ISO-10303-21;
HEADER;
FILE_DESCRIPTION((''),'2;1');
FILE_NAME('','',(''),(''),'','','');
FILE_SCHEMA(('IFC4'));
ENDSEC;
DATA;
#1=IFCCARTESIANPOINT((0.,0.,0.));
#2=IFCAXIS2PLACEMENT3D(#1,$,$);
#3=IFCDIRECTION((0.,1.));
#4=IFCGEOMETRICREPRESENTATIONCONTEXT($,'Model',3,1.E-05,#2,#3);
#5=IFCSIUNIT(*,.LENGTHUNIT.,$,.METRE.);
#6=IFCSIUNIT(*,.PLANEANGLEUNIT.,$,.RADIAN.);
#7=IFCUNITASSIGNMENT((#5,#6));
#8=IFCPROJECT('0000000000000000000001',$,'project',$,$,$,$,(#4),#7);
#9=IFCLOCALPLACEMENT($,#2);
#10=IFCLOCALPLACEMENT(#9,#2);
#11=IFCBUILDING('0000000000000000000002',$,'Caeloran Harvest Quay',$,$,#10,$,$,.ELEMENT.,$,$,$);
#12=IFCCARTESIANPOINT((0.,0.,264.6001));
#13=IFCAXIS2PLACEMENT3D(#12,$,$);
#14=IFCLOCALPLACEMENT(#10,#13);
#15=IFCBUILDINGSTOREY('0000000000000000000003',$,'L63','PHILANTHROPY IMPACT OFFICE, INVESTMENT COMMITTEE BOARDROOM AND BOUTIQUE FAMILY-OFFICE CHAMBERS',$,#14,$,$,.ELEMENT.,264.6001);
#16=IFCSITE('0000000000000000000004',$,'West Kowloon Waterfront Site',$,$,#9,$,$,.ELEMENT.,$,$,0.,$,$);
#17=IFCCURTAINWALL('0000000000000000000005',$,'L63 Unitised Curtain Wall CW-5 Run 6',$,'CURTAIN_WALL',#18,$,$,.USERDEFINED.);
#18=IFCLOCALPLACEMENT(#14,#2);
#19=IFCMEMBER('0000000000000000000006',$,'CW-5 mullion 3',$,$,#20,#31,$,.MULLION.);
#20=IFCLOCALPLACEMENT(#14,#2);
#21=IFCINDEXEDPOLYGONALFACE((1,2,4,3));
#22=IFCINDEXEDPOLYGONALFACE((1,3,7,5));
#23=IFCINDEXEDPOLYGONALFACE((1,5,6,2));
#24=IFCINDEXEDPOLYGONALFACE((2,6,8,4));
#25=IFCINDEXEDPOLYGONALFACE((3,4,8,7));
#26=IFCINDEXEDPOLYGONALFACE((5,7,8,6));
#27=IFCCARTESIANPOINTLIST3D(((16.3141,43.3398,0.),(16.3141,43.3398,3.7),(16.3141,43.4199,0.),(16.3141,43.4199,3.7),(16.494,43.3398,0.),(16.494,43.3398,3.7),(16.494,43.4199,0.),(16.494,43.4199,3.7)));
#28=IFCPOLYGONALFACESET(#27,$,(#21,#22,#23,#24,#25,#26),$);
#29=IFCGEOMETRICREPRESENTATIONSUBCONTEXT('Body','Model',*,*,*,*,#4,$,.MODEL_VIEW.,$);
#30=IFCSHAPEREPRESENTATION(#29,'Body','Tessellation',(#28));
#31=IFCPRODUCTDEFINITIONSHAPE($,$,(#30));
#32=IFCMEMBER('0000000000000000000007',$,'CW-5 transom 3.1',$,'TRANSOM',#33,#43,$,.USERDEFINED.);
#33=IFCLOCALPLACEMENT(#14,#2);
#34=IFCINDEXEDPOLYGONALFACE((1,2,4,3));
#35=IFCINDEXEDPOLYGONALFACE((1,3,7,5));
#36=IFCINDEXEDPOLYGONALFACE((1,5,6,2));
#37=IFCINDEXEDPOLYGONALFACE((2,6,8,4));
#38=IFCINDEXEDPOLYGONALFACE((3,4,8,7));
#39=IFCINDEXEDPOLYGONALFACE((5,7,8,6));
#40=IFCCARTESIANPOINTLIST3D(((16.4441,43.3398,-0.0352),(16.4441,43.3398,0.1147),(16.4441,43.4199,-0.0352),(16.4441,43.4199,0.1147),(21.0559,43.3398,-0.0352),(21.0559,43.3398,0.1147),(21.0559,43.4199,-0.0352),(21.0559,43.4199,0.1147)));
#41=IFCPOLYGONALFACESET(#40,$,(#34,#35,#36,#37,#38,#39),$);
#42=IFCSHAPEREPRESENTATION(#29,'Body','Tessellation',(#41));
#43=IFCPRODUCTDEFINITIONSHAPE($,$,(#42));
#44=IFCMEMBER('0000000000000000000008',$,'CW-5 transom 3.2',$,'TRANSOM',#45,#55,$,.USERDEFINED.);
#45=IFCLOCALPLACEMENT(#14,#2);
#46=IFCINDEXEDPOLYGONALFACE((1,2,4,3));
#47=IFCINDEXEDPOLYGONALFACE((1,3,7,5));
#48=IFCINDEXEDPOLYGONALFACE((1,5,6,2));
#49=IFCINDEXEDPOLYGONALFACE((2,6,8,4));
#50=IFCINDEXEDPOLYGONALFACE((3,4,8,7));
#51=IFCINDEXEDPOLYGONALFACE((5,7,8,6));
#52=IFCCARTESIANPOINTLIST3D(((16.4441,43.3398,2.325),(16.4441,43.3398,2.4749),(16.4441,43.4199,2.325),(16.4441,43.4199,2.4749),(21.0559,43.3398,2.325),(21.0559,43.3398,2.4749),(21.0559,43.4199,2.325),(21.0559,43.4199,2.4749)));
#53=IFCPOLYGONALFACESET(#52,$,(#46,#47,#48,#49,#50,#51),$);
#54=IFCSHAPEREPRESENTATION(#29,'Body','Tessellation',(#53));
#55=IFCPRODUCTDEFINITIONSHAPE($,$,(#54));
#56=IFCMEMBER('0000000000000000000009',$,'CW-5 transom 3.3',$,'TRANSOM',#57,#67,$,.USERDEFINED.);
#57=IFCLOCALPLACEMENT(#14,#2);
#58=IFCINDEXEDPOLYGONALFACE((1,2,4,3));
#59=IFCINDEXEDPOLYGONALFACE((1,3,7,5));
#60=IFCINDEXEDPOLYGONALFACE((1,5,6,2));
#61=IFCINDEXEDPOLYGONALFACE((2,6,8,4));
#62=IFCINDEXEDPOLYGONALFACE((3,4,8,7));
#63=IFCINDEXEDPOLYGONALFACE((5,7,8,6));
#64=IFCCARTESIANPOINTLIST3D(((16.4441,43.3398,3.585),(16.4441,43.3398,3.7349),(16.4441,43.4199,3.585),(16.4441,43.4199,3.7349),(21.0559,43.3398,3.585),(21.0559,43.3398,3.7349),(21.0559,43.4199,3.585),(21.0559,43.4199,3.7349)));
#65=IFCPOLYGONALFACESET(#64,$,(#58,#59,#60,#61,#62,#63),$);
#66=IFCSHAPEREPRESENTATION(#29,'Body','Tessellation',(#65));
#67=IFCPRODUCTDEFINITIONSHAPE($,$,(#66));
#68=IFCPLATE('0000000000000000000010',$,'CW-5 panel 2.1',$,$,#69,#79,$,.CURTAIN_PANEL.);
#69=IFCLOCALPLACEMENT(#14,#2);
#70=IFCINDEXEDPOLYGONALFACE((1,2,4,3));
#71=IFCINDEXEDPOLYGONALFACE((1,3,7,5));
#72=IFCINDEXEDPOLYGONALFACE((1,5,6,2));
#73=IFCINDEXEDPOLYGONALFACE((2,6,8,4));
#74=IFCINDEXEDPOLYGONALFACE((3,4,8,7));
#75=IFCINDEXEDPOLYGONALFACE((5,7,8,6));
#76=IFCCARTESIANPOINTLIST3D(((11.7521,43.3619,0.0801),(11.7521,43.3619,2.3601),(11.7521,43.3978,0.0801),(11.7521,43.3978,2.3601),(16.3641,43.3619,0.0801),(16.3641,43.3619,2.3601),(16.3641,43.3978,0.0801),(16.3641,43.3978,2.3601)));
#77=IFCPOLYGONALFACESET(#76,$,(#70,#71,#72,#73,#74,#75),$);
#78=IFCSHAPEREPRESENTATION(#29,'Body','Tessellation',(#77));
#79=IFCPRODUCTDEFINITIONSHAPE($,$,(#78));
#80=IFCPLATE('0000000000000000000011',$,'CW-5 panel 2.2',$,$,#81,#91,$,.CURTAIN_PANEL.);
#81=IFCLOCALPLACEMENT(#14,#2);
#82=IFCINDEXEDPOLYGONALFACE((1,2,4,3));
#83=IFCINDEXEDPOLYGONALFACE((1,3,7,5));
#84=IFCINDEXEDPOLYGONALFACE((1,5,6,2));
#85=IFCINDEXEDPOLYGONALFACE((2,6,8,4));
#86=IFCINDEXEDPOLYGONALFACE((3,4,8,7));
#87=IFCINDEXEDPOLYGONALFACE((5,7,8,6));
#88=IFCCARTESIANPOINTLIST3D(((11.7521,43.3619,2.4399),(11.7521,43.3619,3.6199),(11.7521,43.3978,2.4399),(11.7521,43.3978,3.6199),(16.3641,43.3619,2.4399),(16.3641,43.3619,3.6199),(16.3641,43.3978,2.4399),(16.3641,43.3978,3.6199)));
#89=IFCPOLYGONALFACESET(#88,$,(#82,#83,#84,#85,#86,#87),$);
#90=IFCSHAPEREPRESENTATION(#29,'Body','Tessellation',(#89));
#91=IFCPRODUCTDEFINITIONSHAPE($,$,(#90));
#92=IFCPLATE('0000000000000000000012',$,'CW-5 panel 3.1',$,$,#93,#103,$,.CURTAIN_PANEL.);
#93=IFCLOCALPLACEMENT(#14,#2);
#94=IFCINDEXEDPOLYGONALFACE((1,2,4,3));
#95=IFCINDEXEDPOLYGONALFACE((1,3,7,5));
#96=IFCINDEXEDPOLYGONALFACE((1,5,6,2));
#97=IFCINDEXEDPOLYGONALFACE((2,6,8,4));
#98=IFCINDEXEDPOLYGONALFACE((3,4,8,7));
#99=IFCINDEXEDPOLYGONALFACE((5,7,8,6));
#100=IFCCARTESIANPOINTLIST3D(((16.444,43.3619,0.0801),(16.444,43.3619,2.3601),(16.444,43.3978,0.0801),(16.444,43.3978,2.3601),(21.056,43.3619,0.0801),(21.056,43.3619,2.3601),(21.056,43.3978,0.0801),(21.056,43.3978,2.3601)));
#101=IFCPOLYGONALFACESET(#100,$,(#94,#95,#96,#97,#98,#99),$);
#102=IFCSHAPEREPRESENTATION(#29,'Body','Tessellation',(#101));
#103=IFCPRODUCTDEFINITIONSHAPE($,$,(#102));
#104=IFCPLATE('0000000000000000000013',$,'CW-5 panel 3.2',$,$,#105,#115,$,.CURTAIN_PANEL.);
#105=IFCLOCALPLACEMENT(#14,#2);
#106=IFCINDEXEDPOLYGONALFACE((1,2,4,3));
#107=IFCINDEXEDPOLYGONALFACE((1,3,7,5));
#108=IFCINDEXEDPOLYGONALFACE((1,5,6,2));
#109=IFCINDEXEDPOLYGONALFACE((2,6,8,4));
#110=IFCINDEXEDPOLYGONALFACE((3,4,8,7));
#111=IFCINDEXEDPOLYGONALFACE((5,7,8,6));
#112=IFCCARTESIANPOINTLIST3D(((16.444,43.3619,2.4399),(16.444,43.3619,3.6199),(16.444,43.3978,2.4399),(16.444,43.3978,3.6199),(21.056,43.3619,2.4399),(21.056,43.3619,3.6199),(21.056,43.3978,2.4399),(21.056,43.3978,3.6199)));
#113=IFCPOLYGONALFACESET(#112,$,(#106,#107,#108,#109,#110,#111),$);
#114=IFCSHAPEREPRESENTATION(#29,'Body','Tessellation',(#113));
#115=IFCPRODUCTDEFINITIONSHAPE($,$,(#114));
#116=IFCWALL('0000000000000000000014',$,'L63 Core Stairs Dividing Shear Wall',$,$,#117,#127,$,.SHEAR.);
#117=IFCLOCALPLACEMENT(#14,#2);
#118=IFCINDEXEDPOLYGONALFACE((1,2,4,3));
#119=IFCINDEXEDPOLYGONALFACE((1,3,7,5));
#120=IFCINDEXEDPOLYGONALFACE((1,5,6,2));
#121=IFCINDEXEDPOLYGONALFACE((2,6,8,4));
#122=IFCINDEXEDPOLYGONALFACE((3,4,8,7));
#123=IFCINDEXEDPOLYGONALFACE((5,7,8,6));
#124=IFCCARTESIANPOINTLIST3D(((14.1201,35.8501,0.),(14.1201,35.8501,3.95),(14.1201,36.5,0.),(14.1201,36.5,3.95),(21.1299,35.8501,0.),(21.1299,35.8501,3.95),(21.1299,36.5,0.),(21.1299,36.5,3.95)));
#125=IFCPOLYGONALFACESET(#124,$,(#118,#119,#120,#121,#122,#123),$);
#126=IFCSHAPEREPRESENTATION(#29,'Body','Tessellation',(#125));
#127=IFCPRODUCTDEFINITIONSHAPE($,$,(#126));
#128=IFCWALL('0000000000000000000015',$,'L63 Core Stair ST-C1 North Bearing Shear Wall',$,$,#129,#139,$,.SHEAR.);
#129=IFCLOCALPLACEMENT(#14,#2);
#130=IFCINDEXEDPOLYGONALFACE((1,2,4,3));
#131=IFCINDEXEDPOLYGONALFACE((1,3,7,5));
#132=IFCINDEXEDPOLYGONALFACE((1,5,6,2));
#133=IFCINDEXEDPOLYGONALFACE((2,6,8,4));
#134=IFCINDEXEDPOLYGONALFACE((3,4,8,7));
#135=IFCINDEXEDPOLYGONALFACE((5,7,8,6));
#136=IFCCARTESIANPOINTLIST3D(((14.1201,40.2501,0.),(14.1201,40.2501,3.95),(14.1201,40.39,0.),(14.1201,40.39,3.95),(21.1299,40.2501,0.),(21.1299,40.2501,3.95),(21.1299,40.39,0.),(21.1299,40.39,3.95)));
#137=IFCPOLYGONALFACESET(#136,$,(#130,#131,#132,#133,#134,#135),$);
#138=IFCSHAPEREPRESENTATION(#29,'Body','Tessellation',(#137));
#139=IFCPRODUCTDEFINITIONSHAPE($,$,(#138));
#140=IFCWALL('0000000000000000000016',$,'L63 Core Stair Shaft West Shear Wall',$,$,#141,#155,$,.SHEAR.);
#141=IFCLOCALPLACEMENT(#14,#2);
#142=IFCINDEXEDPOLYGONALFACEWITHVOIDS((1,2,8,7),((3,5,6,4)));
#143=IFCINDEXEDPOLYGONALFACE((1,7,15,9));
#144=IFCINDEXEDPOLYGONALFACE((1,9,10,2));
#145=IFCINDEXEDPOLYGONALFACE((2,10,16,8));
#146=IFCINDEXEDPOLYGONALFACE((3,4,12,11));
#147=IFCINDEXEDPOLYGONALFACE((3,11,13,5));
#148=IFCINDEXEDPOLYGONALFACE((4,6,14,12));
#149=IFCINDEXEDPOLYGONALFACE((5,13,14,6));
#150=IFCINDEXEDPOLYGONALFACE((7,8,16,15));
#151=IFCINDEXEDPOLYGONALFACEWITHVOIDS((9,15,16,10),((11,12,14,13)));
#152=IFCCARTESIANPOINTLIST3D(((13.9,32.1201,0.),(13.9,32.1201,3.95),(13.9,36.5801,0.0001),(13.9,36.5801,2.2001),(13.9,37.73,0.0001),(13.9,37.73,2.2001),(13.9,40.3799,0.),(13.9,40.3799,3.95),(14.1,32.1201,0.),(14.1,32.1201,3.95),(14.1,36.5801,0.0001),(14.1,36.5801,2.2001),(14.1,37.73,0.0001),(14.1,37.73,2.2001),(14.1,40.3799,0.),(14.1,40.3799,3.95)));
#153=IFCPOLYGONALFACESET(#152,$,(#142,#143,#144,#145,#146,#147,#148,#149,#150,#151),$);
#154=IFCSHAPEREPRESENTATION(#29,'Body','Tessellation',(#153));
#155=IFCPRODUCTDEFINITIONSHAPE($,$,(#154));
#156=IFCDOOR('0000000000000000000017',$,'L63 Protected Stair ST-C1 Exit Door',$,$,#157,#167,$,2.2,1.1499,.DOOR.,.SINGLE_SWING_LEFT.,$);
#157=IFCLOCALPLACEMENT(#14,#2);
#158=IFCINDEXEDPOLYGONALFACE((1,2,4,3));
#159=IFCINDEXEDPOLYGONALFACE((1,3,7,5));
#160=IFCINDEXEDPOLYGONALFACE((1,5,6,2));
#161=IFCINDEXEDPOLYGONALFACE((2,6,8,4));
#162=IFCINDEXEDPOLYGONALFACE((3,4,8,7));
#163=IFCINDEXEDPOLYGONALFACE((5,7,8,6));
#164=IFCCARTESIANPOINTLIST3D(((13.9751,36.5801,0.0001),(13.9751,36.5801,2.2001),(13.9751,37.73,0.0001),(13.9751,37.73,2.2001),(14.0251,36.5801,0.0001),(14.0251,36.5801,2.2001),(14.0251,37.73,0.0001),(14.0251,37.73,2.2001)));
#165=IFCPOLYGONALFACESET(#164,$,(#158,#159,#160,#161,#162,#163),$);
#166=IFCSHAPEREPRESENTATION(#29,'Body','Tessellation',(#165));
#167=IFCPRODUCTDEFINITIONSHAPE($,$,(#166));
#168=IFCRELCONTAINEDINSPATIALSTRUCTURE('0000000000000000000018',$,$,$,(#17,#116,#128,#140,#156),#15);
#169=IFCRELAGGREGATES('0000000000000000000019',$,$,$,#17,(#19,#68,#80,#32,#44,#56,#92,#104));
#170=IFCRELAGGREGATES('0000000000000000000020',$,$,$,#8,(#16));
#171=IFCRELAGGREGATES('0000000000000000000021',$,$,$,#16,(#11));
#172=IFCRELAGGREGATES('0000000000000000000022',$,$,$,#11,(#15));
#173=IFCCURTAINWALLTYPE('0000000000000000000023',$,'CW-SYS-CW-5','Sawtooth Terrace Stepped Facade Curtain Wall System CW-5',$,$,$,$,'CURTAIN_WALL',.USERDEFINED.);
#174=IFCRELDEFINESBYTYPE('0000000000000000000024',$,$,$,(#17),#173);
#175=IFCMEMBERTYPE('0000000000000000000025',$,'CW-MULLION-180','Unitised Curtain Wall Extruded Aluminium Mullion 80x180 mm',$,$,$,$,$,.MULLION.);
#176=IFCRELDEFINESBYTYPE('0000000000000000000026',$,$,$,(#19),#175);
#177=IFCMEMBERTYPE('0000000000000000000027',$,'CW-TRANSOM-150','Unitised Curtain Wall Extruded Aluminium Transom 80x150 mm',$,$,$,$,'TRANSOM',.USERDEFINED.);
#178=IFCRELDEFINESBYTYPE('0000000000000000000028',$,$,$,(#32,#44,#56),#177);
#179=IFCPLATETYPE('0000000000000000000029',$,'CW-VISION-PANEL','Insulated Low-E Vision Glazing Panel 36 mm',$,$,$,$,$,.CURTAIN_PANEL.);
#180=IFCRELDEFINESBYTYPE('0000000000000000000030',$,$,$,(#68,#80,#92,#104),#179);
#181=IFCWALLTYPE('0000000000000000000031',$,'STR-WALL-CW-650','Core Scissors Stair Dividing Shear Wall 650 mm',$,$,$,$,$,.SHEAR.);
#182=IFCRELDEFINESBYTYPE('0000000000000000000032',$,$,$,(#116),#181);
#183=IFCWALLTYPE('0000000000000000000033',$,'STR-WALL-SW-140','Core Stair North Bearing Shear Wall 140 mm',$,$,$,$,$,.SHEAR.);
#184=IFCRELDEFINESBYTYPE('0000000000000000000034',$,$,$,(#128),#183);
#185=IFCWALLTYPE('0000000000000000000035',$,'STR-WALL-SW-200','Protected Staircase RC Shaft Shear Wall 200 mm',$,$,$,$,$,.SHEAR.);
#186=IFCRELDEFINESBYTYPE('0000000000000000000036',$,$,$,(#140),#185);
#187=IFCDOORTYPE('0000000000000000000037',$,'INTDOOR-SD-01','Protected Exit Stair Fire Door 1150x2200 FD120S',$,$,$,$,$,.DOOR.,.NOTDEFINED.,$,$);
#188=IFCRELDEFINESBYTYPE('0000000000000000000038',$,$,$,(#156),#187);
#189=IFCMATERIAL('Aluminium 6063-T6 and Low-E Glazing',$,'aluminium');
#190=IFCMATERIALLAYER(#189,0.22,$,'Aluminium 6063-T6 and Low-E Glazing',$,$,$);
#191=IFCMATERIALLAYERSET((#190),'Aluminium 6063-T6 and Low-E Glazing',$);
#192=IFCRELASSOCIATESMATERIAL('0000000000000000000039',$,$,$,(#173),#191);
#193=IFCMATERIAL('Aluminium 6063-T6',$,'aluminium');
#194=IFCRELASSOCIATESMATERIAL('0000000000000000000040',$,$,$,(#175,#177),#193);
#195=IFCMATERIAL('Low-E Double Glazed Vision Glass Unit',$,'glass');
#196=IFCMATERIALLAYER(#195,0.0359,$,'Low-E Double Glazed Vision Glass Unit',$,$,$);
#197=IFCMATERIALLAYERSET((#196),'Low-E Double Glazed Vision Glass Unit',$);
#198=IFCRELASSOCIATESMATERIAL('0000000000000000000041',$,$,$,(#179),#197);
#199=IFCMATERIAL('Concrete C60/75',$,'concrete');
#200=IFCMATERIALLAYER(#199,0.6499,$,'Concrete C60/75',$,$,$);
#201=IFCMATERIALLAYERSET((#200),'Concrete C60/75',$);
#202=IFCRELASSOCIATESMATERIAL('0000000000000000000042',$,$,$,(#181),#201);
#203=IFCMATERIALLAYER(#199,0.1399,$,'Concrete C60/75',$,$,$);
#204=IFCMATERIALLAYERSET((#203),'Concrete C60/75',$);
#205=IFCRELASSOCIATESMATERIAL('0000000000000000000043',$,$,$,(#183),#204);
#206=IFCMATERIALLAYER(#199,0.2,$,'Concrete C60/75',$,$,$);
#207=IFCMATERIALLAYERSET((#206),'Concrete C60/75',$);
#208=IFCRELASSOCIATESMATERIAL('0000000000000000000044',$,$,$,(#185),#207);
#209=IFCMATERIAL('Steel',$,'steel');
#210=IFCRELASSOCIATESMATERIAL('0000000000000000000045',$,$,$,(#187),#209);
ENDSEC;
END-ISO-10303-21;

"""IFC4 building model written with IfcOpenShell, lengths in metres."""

from ifc_helpers import new_model, si_unit, direction, frame, frame_2d, origin, origin_2d, place, context, subcontext, project, spatial, rectangle, extrude, material, layer, layer_set, material_profile, profile_set, type_object, element, fill, aggregate, save


model = new_model("IFC4")

# Units and contexts
model_context = context("Model", 3, precision=1e-05, world=origin(), true_north=direction((0.0, 1.0)))
body_context = subcontext(model_context, "Body", "Model", "MODEL_VIEW")
ifc_project = project(units=[si_unit("LENGTHUNIT", "METRE"), si_unit("PLANEANGLEUNIT", "RADIAN")], contexts=[model_context])

# Site, building, storey
site_placement = place(None, origin())
site = spatial("IfcSite", under=ifc_project, at=site_placement, Name="West Kowloon Waterfront Site", CompositionType="ELEMENT", RefElevation=0.0)
building_placement = place(site_placement, origin())
building = spatial("IfcBuilding", under=site, at=building_placement, Name="Caeloran Harvest Quay", CompositionType="ELEMENT")
storey_placement = place(building_placement, frame((0.0, 0.0, 264.6001)))
storey = spatial("IfcBuildingStorey", under=building, at=storey_placement, Name="L63", Description="PHILANTHROPY IMPACT OFFICE, INVESTMENT COMMITTEE BOARDROOM AND BOUTIQUE FAMILY-OFFICE CHAMBERS", CompositionType="ELEMENT", Elevation=264.6001)

# Curtain wall, members, plates
ifc_material_1 = material(Name="Aluminium 6063-T6 and Low-E Glazing", Category="aluminium")
ifc_layer_1 = layer(ifc_material_1, 0.22, Name="Aluminium 6063-T6 and Low-E Glazing")
ifc_layer_set_1 = layer_set([ifc_layer_1], Name="Aluminium 6063-T6 and Low-E Glazing")
curtain_wall_type = type_object("IfcCurtainWallType", Name="CW-SYS-CW-5", Description="Sawtooth Terrace Stepped Facade Curtain Wall System CW-5", ElementType="CURTAIN_WALL", PredefinedType="USERDEFINED", material=ifc_layer_set_1)
curtain_wall_placement = place(storey_placement, origin())
curtain_wall = element("IfcCurtainWall", 1, at=curtain_wall_placement, inside=storey, type_object=curtain_wall_type, Name="L63 Unitised Curtain Wall CW-5 Run 6", ObjectType="CURTAIN_WALL", PredefinedType="USERDEFINED")
ifc_material_2 = material(Name="Aluminium 6063-T6", Category="aluminium")
ifc_material_profile_1 = material_profile(ifc_material_2, rectangle(XDim=0.0801, YDim=0.1799, at=origin_2d()), Name="CW-MULLION-180")
ifc_profile_set_1 = profile_set([ifc_material_profile_1], Name="Aluminium 6063-T6")
member_type_1 = type_object("IfcMemberType", Name="CW-MULLION-180", Description="Unitised Curtain Wall Extruded Aluminium Mullion 80x180 mm", PredefinedType="MULLION", material=ifc_profile_set_1)
member_1_placement = place(storey_placement, frame((16.4041, 43.3799, 0.0), z_axis=(0.0, 0.0, 1.0), x_axis=(0.0, 1.0, 0.0)))
member_1 = element("IfcMember", 2, at=member_1_placement, type_object=member_type_1, Name="CW-5 mullion 3", PredefinedType="MULLION", context=body_context, shape_type="SweptSolid", body=[
    extrude(rectangle(XDim=0.0801, YDim=0.1799, at=origin_2d()), origin(), (0.0, 0.0, 1.0), 3.7),
])
ifc_material_profile_2 = material_profile(ifc_material_2, rectangle(XDim=0.0801, YDim=0.1499, at=origin_2d()), Name="CW-TRANSOM-150")
ifc_profile_set_2 = profile_set([ifc_material_profile_2], Name="Aluminium 6063-T6")
member_type_2 = type_object("IfcMemberType", Name="CW-TRANSOM-150", Description="Unitised Curtain Wall Extruded Aluminium Transom 80x150 mm", ElementType="TRANSOM", PredefinedType="USERDEFINED", material=ifc_profile_set_2)
member_2_placement = place(storey_placement, frame((16.4441, 43.3799, 0.0398), z_axis=(1.0, 0.0, 0.0), x_axis=(0.0, 1.0, 0.0)))
member_2 = element("IfcMember", 3, at=member_2_placement, type_object=member_type_2, Name="CW-5 transom 3.1", ObjectType="TRANSOM", PredefinedType="USERDEFINED", context=body_context, shape_type="SweptSolid", body=[
    extrude(rectangle(XDim=0.0801, YDim=0.1499, at=origin_2d()), origin(), (0.0, 0.0, 1.0), 4.6118),
])
member_3_placement = place(storey_placement, frame((16.4441, 43.3799, 2.3999), z_axis=(1.0, 0.0, 0.0), x_axis=(0.0, 1.0, 0.0)))
member_3 = element("IfcMember", 4, at=member_3_placement, type_object=member_type_2, Name="CW-5 transom 3.2", ObjectType="TRANSOM", PredefinedType="USERDEFINED", context=body_context, shape_type="SweptSolid", body=[
    extrude(rectangle(XDim=0.0801, YDim=0.1499, at=origin_2d()), origin(), (0.0, 0.0, 1.0), 4.6118),
])
member_4_placement = place(storey_placement, frame((16.4441, 43.3799, 3.6599), z_axis=(1.0, 0.0, 0.0), x_axis=(0.0, 1.0, 0.0)))
member_4 = element("IfcMember", 5, at=member_4_placement, type_object=member_type_2, Name="CW-5 transom 3.3", ObjectType="TRANSOM", PredefinedType="USERDEFINED", context=body_context, shape_type="SweptSolid", body=[
    extrude(rectangle(XDim=0.0801, YDim=0.1499, at=origin_2d()), origin(), (0.0, 0.0, 1.0), 4.6118),
])
ifc_material_3 = material(Name="Low-E Double Glazed Vision Glass Unit", Category="glass")
ifc_layer_2 = layer(ifc_material_3, 0.0359, Name="Low-E Double Glazed Vision Glass Unit")
ifc_layer_set_2 = layer_set([ifc_layer_2], Name="Low-E Double Glazed Vision Glass Unit")
plate_type = type_object("IfcPlateType", Name="CW-VISION-PANEL", Description="Insulated Low-E Vision Glazing Panel 36 mm", PredefinedType="CURTAIN_PANEL", material=ifc_layer_set_2)
plate_1_placement = place(storey_placement, frame((14.0581, 43.3799, 0.0801), z_axis=(0.0, 0.0, 1.0), x_axis=(1.0, 0.0, 0.0)))
plate_1 = element("IfcPlate", 6, at=plate_1_placement, type_object=plate_type, Name="CW-5 panel 2.1", PredefinedType="CURTAIN_PANEL", context=body_context, shape_type="SweptSolid", body=[
    extrude(rectangle(XDim=4.6121, YDim=0.0359, at=origin_2d()), origin(), (0.0, 0.0, 1.0), 2.28),
])
plate_2_placement = place(storey_placement, frame((14.0581, 43.3799, 2.4399), z_axis=(0.0, 0.0, 1.0), x_axis=(1.0, 0.0, 0.0)))
plate_2 = element("IfcPlate", 7, at=plate_2_placement, type_object=plate_type, Name="CW-5 panel 2.2", PredefinedType="CURTAIN_PANEL", context=body_context, shape_type="SweptSolid", body=[
    extrude(rectangle(XDim=4.6121, YDim=0.0359, at=origin_2d()), origin(), (0.0, 0.0, 1.0), 1.1799),
])
plate_3_placement = place(storey_placement, frame((18.75, 43.3799, 0.0801), z_axis=(0.0, 0.0, 1.0), x_axis=(1.0, 0.0, 0.0)))
plate_3 = element("IfcPlate", 8, at=plate_3_placement, type_object=plate_type, Name="CW-5 panel 3.1", PredefinedType="CURTAIN_PANEL", context=body_context, shape_type="SweptSolid", body=[
    extrude(rectangle(XDim=4.6121, YDim=0.0359, at=origin_2d()), origin(), (0.0, 0.0, 1.0), 2.28),
])
plate_4_placement = place(storey_placement, frame((18.75, 43.3799, 2.4399), z_axis=(0.0, 0.0, 1.0), x_axis=(1.0, 0.0, 0.0)))
plate_4 = element("IfcPlate", 9, at=plate_4_placement, type_object=plate_type, Name="CW-5 panel 3.2", PredefinedType="CURTAIN_PANEL", context=body_context, shape_type="SweptSolid", body=[
    extrude(rectangle(XDim=4.6121, YDim=0.0359, at=origin_2d()), origin(), (0.0, 0.0, 1.0), 1.1799),
])
aggregate(curtain_wall, [member_1, plate_1, plate_2, member_2, member_3, member_4, plate_3, plate_4])

# Walls
ifc_material_4 = material(Name="Concrete C60/75", Category="concrete")
ifc_layer_3 = layer(ifc_material_4, 0.6499, Name="Concrete C60/75")
ifc_layer_set_3 = layer_set([ifc_layer_3], Name="Concrete C60/75")
wall_type_1 = type_object("IfcWallType", Name="STR-WALL-CW-650", Description="Core Scissors Stair Dividing Shear Wall 650 mm", PredefinedType="SHEAR", material=ifc_layer_set_3)
wall_1_placement = place(storey_placement, frame((14.1201, 36.175, 0.0), z_axis=(0.0, 0.0, 1.0), x_axis=(1.0, 0.0, 0.0)))
element("IfcWall", 10, at=wall_1_placement, inside=storey, type_object=wall_type_1, Name="L63 Core Stairs Dividing Shear Wall", PredefinedType="SHEAR", context=body_context, shape_type="SweptSolid", body=[
    extrude(rectangle(XDim=7.0098, YDim=0.6499, at=frame_2d((3.5049, 0.0))), origin(), (0.0, 0.0, 1.0), 3.95),
])
ifc_layer_4 = layer(ifc_material_4, 0.1399, Name="Concrete C60/75")
ifc_layer_set_4 = layer_set([ifc_layer_4], Name="Concrete C60/75")
wall_type_2 = type_object("IfcWallType", Name="STR-WALL-SW-140", Description="Core Stair North Bearing Shear Wall 140 mm", PredefinedType="SHEAR", material=ifc_layer_set_4)
wall_2_placement = place(storey_placement, frame((14.1201, 40.3201, 0.0), z_axis=(0.0, 0.0, 1.0), x_axis=(1.0, 0.0, 0.0)))
element("IfcWall", 11, at=wall_2_placement, inside=storey, type_object=wall_type_2, Name="L63 Core Stair ST-C1 North Bearing Shear Wall", PredefinedType="SHEAR", context=body_context, shape_type="SweptSolid", body=[
    extrude(rectangle(XDim=7.0098, YDim=0.1399, at=frame_2d((3.5049, 0.0))), origin(), (0.0, 0.0, 1.0), 3.95),
])

# Wall, opening, door
ifc_layer_5 = layer(ifc_material_4, 0.2, Name="Concrete C60/75")
ifc_layer_set_5 = layer_set([ifc_layer_5], Name="Concrete C60/75")
wall_type_3 = type_object("IfcWallType", Name="STR-WALL-SW-200", Description="Protected Staircase RC Shaft Shear Wall 200 mm", PredefinedType="SHEAR", material=ifc_layer_set_5)
wall_3_placement = place(storey_placement, frame((14.0, 32.1201, 0.0), z_axis=(0.0, 0.0, 1.0), x_axis=(0.0, 1.0, 0.0)))
wall_3 = element("IfcWall", 12, at=wall_3_placement, inside=storey, type_object=wall_type_3, Name="L63 Core Stair Shaft West Shear Wall", PredefinedType="SHEAR", context=body_context, shape_type="SweptSolid", body=[
    extrude(rectangle(XDim=8.2598, YDim=0.2, at=frame_2d((4.1299, 0.0))), origin(), (0.0, 0.0, 1.0), 3.95),
])
opening_placement = place(wall_3_placement, frame((4.46, 0.0, 0.0)))
opening = element("IfcOpeningElement", 13, at=opening_placement, cuts=wall_3, PredefinedType="OPENING", context=body_context, shape_type="SweptSolid", body=[
    extrude(rectangle(XDim=1.1499, YDim=2.2, at=frame_2d((0.575, 1.1001))), frame((0.0, 0.1099, 0.0), z_axis=(0.0, -1.0, 0.0), x_axis=(1.0, 0.0, 0.0)), (0.0, 0.0, 1.0), 0.22),
])
ifc_material_5 = material(Name="Steel", Category="steel")
door_type = type_object("IfcDoorType", Name="INTDOOR-SD-01", Description="Protected Exit Stair Fire Door 1150x2200 FD120S", OperationType="NOTDEFINED", PredefinedType="DOOR", material=ifc_material_5)
door_placement = place(opening_placement, origin())
door = element("IfcDoor", 14, at=door_placement, inside=storey, type_object=door_type, Name="L63 Protected Stair ST-C1 Exit Door", OperationType="SINGLE_SWING_LEFT", OverallHeight=2.2, OverallWidth=1.1499, PredefinedType="DOOR", context=body_context, shape_type="SweptSolid", body=[
    extrude(rectangle(XDim=1.1499, YDim=2.2, at=frame_2d((0.575, 1.1001))), frame((0.0, 0.0249, 0.0), z_axis=(0.0, -1.0, 0.0), x_axis=(1.0, 0.0, 0.0)), (0.0, 0.0, 1.0), 0.05),
])
fill(opening, door)

save(model, "model.ifc")
